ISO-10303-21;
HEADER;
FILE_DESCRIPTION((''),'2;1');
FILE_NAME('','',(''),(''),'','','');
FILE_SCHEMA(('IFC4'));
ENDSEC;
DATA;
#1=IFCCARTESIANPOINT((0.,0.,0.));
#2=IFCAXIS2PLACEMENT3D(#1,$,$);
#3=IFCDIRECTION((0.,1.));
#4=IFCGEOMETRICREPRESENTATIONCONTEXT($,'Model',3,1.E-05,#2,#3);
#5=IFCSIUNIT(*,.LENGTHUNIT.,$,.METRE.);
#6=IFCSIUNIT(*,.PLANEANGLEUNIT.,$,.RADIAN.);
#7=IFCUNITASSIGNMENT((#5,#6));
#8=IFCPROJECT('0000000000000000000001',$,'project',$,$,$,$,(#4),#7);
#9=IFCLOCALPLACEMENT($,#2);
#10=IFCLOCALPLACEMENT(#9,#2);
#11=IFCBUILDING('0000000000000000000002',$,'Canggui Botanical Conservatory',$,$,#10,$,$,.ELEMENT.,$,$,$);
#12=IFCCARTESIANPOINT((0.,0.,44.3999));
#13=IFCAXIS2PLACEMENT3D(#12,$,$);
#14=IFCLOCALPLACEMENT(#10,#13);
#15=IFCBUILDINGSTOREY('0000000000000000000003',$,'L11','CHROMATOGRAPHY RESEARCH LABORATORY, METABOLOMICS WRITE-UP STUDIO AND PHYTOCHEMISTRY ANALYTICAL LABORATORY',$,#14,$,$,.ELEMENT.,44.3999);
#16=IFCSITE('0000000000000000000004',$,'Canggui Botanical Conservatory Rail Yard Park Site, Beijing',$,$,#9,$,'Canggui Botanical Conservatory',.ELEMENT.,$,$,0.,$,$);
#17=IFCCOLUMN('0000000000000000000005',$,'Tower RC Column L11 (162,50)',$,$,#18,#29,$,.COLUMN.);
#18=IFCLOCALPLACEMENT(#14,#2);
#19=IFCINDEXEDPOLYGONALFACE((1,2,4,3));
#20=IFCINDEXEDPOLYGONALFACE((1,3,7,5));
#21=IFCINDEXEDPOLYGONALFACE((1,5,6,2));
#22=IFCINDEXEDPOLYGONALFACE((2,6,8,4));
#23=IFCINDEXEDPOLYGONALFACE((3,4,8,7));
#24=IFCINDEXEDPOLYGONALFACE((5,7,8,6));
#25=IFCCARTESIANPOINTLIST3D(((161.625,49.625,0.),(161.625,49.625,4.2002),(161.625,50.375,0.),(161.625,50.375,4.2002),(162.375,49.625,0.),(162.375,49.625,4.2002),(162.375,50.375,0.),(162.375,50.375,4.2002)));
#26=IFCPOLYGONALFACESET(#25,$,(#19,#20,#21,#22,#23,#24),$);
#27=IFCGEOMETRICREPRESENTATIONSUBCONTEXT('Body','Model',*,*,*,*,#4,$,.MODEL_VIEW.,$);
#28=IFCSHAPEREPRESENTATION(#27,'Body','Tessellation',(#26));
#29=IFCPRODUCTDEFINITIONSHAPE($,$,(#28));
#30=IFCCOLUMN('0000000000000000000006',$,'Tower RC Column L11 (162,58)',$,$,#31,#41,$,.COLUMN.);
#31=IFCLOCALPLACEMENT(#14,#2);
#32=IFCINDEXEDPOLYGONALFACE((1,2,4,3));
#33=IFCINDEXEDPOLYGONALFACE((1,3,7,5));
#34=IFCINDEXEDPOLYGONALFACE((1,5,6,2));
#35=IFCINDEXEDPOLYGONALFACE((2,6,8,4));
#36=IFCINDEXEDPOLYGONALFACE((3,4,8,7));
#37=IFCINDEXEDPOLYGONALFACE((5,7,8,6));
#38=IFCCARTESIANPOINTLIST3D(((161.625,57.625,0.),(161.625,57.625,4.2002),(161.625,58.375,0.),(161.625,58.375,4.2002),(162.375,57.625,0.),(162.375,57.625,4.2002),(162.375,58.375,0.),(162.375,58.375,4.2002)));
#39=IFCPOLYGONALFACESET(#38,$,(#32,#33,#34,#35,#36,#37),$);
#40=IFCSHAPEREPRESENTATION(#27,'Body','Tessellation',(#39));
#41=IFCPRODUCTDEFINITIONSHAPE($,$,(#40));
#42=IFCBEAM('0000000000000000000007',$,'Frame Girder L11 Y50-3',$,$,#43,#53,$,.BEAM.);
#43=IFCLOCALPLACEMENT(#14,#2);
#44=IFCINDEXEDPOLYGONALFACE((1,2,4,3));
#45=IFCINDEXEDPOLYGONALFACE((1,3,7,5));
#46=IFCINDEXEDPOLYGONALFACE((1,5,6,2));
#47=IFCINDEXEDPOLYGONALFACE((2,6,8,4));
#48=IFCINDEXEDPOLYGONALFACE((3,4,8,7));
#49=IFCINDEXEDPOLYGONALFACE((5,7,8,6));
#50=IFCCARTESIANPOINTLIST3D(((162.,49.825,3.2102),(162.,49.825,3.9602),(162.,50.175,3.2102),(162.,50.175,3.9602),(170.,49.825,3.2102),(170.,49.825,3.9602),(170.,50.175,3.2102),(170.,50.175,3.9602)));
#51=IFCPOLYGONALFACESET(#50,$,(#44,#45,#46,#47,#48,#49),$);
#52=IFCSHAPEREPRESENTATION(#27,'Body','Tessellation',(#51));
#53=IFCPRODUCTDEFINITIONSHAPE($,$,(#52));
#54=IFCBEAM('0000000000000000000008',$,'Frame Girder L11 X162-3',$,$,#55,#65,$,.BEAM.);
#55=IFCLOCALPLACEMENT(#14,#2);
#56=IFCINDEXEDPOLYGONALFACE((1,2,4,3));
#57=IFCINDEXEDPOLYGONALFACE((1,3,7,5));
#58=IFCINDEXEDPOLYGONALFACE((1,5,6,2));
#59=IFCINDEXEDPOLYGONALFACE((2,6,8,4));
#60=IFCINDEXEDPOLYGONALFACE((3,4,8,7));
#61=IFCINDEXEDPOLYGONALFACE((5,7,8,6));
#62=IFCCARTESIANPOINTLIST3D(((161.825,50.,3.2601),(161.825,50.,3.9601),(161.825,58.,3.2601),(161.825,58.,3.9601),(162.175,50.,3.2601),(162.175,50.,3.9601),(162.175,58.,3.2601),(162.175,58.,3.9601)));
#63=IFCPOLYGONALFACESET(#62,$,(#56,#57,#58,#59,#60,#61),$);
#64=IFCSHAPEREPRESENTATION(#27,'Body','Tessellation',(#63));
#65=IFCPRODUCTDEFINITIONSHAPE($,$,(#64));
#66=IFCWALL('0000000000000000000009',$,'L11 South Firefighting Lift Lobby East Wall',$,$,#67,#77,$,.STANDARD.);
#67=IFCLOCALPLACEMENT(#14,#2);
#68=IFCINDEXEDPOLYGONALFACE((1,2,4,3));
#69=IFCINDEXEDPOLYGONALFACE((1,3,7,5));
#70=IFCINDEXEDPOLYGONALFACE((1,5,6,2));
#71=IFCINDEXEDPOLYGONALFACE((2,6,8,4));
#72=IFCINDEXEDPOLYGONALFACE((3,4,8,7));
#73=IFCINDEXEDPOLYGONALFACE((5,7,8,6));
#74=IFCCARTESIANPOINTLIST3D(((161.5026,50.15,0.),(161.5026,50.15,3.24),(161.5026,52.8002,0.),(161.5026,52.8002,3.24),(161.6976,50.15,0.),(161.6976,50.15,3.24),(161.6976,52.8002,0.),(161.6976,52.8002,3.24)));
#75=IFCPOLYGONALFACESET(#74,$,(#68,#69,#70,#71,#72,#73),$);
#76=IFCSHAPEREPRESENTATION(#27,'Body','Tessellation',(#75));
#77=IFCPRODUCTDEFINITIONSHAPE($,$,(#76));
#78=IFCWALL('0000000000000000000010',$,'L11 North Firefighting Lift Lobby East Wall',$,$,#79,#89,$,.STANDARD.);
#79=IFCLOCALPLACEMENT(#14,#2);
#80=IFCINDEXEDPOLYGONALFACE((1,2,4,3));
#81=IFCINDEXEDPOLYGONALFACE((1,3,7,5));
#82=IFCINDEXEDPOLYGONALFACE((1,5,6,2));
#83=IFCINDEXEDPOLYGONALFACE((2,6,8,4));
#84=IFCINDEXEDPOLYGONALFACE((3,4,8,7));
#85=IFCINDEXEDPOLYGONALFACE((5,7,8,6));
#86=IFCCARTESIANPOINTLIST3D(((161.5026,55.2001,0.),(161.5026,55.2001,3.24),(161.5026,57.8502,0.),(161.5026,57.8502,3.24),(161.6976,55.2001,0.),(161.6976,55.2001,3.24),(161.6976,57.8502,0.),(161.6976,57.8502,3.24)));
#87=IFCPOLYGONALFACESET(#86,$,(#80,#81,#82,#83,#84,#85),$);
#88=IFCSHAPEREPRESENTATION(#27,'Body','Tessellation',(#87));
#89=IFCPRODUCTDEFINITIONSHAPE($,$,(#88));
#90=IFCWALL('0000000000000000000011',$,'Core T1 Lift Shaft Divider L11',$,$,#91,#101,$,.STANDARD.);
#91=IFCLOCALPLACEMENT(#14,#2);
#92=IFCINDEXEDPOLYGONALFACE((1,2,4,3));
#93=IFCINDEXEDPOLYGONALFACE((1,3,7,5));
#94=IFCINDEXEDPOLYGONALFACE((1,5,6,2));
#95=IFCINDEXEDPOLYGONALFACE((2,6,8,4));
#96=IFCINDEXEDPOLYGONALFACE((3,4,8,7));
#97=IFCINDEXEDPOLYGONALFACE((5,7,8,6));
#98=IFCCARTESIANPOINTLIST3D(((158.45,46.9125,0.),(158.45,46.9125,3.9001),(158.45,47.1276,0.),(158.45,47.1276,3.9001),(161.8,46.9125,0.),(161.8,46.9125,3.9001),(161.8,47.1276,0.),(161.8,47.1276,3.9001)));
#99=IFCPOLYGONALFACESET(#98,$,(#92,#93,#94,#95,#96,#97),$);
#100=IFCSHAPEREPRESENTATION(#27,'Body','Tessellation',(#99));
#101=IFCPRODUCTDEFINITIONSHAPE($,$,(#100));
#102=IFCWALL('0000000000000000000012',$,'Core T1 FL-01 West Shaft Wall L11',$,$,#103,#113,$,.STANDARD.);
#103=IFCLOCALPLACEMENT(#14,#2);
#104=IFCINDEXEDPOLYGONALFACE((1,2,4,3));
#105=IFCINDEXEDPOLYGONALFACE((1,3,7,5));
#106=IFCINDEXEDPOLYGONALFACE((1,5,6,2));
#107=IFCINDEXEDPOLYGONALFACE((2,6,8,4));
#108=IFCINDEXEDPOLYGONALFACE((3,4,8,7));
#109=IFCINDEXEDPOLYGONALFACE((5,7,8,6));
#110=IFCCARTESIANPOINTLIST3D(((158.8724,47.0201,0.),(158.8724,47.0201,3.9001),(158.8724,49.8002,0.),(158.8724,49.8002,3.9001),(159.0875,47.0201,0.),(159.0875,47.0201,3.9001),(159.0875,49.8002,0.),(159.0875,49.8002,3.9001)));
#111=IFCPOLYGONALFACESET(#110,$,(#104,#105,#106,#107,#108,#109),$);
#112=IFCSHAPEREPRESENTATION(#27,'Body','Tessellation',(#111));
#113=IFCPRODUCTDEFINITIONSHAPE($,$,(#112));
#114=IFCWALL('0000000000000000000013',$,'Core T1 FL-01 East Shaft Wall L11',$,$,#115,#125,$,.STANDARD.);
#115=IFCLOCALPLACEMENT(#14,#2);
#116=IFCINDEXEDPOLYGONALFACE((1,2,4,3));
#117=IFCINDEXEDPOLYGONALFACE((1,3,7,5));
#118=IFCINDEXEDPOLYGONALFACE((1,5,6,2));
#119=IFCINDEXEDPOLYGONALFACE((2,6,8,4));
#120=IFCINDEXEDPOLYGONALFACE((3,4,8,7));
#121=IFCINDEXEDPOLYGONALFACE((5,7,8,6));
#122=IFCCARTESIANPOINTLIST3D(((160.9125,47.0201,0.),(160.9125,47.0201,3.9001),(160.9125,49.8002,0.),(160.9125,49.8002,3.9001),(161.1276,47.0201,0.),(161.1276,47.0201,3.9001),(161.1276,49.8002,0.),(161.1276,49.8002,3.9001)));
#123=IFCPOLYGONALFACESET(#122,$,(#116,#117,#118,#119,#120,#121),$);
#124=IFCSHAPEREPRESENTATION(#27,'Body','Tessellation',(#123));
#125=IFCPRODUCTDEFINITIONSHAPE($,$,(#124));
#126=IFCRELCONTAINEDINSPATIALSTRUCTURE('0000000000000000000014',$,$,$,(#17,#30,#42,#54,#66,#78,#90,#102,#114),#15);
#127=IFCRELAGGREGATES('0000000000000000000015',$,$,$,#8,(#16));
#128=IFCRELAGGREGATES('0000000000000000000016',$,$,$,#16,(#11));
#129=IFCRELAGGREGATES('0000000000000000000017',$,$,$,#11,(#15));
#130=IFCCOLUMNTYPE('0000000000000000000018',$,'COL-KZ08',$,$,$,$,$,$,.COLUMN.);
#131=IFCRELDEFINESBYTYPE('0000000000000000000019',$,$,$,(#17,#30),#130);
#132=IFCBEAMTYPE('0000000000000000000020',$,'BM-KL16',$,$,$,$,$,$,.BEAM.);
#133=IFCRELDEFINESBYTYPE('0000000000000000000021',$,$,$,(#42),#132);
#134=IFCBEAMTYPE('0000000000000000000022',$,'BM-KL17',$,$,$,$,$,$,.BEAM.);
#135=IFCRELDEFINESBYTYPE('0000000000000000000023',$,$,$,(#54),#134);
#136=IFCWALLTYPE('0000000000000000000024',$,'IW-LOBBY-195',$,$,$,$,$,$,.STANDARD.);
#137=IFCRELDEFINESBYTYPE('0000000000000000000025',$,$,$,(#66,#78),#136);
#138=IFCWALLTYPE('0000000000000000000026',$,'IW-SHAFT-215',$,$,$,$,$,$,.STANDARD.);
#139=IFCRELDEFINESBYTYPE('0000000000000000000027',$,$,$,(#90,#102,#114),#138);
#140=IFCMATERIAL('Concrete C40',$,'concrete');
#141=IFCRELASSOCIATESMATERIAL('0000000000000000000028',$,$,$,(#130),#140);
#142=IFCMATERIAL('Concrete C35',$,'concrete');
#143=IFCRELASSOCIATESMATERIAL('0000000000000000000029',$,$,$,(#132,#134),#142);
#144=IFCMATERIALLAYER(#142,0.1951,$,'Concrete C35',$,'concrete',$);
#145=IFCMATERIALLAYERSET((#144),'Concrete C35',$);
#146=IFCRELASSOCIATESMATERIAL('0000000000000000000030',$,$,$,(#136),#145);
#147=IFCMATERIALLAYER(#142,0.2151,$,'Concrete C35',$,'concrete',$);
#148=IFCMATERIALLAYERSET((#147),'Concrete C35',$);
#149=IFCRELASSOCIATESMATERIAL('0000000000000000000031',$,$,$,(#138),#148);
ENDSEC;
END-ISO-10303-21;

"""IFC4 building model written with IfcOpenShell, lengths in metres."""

from ifc_helpers import new_model, si_unit, direction, frame, frame_2d, origin, origin_2d, place, context, subcontext, project, spatial, rectangle, extrude, material, layer, layer_set, material_profile, profile_set, type_object, element, save


model = new_model("IFC4")

# Units and contexts
model_context = context("Model", 3, precision=1e-05, world=origin(), true_north=direction((0.0, 1.0)))
body_context = subcontext(model_context, "Body", "Model", "MODEL_VIEW")
ifc_project = project(units=[si_unit("LENGTHUNIT", "METRE"), si_unit("PLANEANGLEUNIT", "RADIAN")], contexts=[model_context])

# Site, building, storey
site_placement = place(None, origin())
site = spatial("IfcSite", under=ifc_project, at=site_placement, Name="Canggui Botanical Conservatory Rail Yard Park Site, Beijing", LongName="Canggui Botanical Conservatory", CompositionType="ELEMENT", RefElevation=0.0)
building_placement = place(site_placement, origin())
building = spatial("IfcBuilding", under=site, at=building_placement, Name="Canggui Botanical Conservatory", CompositionType="ELEMENT")
storey_placement = place(building_placement, frame((0.0, 0.0, 44.3999)))
storey = spatial("IfcBuildingStorey", under=building, at=storey_placement, Name="L11", Description="CHROMATOGRAPHY RESEARCH LABORATORY, METABOLOMICS WRITE-UP STUDIO AND PHYTOCHEMISTRY ANALYTICAL LABORATORY", CompositionType="ELEMENT", Elevation=44.3999)

# Columns
ifc_material_1 = material(Name="Concrete C40", Category="concrete")
ifc_material_profile_1 = material_profile(ifc_material_1, rectangle(XDim=0.75, YDim=0.75, at=origin_2d()), Name="RC 750x750")
ifc_profile_set_1 = profile_set([ifc_material_profile_1], Name="Concrete C40")
column_type = type_object("IfcColumnType", Name="COL-KZ08", PredefinedType="COLUMN", material=ifc_profile_set_1)
for number, where, z_axis, x_axis, name in (
    (1, (162.0, 50.0, 0.0), (0.0, 0.0, 1.0), (1.0, 0.0, 0.0), "Tower RC Column L11 (162,50)"),
    (2, (162.0, 58.0, 0.0), (0.0, 0.0, 1.0), (1.0, 0.0, 0.0), "Tower RC Column L11 (162,58)"),
):
    element("IfcColumn", number, at=place(storey_placement, frame(where, z_axis=z_axis, x_axis=x_axis)), inside=storey, type_object=column_type, Name=name, PredefinedType="COLUMN", context=body_context, shape_type="SweptSolid", body=[
        extrude(rectangle(XDim=0.75, YDim=0.75, at=origin_2d()), origin(), (0.0, 0.0, 1.0), 4.2002),
    ])

# Beams
ifc_material_2 = material(Name="Concrete C35", Category="concrete")
ifc_material_profile_2 = material_profile(ifc_material_2, rectangle(XDim=0.3501, YDim=0.75, at=origin_2d()), Name="RB 350x750")
ifc_profile_set_2 = profile_set([ifc_material_profile_2], Name="Concrete C35")
beam_type_1 = type_object("IfcBeamType", Name="BM-KL16", PredefinedType="BEAM", material=ifc_profile_set_2)
beam_1_placement = place(storey_placement, frame((162.0, 50.0, 3.5852), z_axis=(1.0, 0.0, 0.0), x_axis=(0.0, 1.0, 0.0)))
element("IfcBeam", 3, at=beam_1_placement, inside=storey, type_object=beam_type_1, Name="Frame Girder L11 Y50-3", PredefinedType="BEAM", context=body_context, shape_type="SweptSolid", body=[
    extrude(rectangle(XDim=0.3501, YDim=0.75, at=origin_2d()), origin(), (0.0, 0.0, 1.0), 8.0),
])
ifc_material_profile_3 = material_profile(ifc_material_2, rectangle(XDim=0.3501, YDim=0.7, at=origin_2d()), Name="RB 350x700")
ifc_profile_set_3 = profile_set([ifc_material_profile_3], Name="Concrete C35")
beam_type_2 = type_object("IfcBeamType", Name="BM-KL17", PredefinedType="BEAM", material=ifc_profile_set_3)
beam_2_placement = place(storey_placement, frame((162.0, 50.0, 3.6101), z_axis=(0.0, 1.0, 0.0), x_axis=(-1.0, 0.0, 0.0)))
element("IfcBeam", 4, at=beam_2_placement, inside=storey, type_object=beam_type_2, Name="Frame Girder L11 X162-3", PredefinedType="BEAM", context=body_context, shape_type="SweptSolid", body=[
    extrude(rectangle(XDim=0.3501, YDim=0.7, at=origin_2d()), origin(), (0.0, 0.0, 1.0), 8.0),
])

# Walls
ifc_layer_1 = layer(ifc_material_2, 0.1951, Name="Concrete C35", Category="concrete")
ifc_layer_set_1 = layer_set([ifc_layer_1], Name="Concrete C35")
wall_type_1 = type_object("IfcWallType", Name="IW-LOBBY-195", PredefinedType="STANDARD", material=ifc_layer_set_1)
for number, where, z_axis, x_axis, name in (
    (5, (161.6001, 50.1499, 0.0), (0.0, 0.0, 1.0), (0.0, 1.0, 0.0), "L11 South Firefighting Lift Lobby East Wall"),
    (6, (161.6001, 55.2, 0.0), (0.0, 0.0, 1.0), (0.0, 1.0, 0.0), "L11 North Firefighting Lift Lobby East Wall"),
):
    element("IfcWall", number, at=place(storey_placement, frame(where, z_axis=z_axis, x_axis=x_axis)), inside=storey, type_object=wall_type_1, Name=name, PredefinedType="STANDARD", context=body_context, shape_type="SweptSolid", body=[
        extrude(rectangle(XDim=2.6501, YDim=0.1951, at=frame_2d((1.3252, 0.0))), origin(), (0.0, 0.0, 1.0), 3.24),
    ])
ifc_layer_2 = layer(ifc_material_2, 0.2151, Name="Concrete C35", Category="concrete")
ifc_layer_set_2 = layer_set([ifc_layer_2], Name="Concrete C35")
wall_type_2 = type_object("IfcWallType", Name="IW-SHAFT-215", PredefinedType="STANDARD", material=ifc_layer_set_2)
wall_1_placement = place(storey_placement, frame((158.45, 47.02, 0.0), z_axis=(0.0, 0.0, 1.0), x_axis=(1.0, 0.0, 0.0)))
element("IfcWall", 7, at=wall_1_placement, inside=storey, type_object=wall_type_2, Name="Core T1 Lift Shaft Divider L11", PredefinedType="STANDARD", context=body_context, shape_type="SweptSolid", body=[
    extrude(rectangle(XDim=3.3501, YDim=0.2151, at=frame_2d((1.675, 0.0))), origin(), (0.0, 0.0, 1.0), 3.9001),
])
for number, where, z_axis, x_axis, name in (
    (8, (158.98, 47.02, 0.0), (0.0, 0.0, 1.0), (0.0, 1.0, 0.0), "Core T1 FL-01 West Shaft Wall L11"),
    (9, (161.02, 47.02, 0.0), (0.0, 0.0, 1.0), (0.0, 1.0, 0.0), "Core T1 FL-01 East Shaft Wall L11"),
):
    element("IfcWall", number, at=place(storey_placement, frame(where, z_axis=z_axis, x_axis=x_axis)), inside=storey, type_object=wall_type_2, Name=name, PredefinedType="STANDARD", context=body_context, shape_type="SweptSolid", body=[
        extrude(rectangle(XDim=2.78, YDim=0.2151, at=frame_2d((1.3901, 0.0))), origin(), (0.0, 0.0, 1.0), 3.9001),
    ])

save(model, "model.ifc")
